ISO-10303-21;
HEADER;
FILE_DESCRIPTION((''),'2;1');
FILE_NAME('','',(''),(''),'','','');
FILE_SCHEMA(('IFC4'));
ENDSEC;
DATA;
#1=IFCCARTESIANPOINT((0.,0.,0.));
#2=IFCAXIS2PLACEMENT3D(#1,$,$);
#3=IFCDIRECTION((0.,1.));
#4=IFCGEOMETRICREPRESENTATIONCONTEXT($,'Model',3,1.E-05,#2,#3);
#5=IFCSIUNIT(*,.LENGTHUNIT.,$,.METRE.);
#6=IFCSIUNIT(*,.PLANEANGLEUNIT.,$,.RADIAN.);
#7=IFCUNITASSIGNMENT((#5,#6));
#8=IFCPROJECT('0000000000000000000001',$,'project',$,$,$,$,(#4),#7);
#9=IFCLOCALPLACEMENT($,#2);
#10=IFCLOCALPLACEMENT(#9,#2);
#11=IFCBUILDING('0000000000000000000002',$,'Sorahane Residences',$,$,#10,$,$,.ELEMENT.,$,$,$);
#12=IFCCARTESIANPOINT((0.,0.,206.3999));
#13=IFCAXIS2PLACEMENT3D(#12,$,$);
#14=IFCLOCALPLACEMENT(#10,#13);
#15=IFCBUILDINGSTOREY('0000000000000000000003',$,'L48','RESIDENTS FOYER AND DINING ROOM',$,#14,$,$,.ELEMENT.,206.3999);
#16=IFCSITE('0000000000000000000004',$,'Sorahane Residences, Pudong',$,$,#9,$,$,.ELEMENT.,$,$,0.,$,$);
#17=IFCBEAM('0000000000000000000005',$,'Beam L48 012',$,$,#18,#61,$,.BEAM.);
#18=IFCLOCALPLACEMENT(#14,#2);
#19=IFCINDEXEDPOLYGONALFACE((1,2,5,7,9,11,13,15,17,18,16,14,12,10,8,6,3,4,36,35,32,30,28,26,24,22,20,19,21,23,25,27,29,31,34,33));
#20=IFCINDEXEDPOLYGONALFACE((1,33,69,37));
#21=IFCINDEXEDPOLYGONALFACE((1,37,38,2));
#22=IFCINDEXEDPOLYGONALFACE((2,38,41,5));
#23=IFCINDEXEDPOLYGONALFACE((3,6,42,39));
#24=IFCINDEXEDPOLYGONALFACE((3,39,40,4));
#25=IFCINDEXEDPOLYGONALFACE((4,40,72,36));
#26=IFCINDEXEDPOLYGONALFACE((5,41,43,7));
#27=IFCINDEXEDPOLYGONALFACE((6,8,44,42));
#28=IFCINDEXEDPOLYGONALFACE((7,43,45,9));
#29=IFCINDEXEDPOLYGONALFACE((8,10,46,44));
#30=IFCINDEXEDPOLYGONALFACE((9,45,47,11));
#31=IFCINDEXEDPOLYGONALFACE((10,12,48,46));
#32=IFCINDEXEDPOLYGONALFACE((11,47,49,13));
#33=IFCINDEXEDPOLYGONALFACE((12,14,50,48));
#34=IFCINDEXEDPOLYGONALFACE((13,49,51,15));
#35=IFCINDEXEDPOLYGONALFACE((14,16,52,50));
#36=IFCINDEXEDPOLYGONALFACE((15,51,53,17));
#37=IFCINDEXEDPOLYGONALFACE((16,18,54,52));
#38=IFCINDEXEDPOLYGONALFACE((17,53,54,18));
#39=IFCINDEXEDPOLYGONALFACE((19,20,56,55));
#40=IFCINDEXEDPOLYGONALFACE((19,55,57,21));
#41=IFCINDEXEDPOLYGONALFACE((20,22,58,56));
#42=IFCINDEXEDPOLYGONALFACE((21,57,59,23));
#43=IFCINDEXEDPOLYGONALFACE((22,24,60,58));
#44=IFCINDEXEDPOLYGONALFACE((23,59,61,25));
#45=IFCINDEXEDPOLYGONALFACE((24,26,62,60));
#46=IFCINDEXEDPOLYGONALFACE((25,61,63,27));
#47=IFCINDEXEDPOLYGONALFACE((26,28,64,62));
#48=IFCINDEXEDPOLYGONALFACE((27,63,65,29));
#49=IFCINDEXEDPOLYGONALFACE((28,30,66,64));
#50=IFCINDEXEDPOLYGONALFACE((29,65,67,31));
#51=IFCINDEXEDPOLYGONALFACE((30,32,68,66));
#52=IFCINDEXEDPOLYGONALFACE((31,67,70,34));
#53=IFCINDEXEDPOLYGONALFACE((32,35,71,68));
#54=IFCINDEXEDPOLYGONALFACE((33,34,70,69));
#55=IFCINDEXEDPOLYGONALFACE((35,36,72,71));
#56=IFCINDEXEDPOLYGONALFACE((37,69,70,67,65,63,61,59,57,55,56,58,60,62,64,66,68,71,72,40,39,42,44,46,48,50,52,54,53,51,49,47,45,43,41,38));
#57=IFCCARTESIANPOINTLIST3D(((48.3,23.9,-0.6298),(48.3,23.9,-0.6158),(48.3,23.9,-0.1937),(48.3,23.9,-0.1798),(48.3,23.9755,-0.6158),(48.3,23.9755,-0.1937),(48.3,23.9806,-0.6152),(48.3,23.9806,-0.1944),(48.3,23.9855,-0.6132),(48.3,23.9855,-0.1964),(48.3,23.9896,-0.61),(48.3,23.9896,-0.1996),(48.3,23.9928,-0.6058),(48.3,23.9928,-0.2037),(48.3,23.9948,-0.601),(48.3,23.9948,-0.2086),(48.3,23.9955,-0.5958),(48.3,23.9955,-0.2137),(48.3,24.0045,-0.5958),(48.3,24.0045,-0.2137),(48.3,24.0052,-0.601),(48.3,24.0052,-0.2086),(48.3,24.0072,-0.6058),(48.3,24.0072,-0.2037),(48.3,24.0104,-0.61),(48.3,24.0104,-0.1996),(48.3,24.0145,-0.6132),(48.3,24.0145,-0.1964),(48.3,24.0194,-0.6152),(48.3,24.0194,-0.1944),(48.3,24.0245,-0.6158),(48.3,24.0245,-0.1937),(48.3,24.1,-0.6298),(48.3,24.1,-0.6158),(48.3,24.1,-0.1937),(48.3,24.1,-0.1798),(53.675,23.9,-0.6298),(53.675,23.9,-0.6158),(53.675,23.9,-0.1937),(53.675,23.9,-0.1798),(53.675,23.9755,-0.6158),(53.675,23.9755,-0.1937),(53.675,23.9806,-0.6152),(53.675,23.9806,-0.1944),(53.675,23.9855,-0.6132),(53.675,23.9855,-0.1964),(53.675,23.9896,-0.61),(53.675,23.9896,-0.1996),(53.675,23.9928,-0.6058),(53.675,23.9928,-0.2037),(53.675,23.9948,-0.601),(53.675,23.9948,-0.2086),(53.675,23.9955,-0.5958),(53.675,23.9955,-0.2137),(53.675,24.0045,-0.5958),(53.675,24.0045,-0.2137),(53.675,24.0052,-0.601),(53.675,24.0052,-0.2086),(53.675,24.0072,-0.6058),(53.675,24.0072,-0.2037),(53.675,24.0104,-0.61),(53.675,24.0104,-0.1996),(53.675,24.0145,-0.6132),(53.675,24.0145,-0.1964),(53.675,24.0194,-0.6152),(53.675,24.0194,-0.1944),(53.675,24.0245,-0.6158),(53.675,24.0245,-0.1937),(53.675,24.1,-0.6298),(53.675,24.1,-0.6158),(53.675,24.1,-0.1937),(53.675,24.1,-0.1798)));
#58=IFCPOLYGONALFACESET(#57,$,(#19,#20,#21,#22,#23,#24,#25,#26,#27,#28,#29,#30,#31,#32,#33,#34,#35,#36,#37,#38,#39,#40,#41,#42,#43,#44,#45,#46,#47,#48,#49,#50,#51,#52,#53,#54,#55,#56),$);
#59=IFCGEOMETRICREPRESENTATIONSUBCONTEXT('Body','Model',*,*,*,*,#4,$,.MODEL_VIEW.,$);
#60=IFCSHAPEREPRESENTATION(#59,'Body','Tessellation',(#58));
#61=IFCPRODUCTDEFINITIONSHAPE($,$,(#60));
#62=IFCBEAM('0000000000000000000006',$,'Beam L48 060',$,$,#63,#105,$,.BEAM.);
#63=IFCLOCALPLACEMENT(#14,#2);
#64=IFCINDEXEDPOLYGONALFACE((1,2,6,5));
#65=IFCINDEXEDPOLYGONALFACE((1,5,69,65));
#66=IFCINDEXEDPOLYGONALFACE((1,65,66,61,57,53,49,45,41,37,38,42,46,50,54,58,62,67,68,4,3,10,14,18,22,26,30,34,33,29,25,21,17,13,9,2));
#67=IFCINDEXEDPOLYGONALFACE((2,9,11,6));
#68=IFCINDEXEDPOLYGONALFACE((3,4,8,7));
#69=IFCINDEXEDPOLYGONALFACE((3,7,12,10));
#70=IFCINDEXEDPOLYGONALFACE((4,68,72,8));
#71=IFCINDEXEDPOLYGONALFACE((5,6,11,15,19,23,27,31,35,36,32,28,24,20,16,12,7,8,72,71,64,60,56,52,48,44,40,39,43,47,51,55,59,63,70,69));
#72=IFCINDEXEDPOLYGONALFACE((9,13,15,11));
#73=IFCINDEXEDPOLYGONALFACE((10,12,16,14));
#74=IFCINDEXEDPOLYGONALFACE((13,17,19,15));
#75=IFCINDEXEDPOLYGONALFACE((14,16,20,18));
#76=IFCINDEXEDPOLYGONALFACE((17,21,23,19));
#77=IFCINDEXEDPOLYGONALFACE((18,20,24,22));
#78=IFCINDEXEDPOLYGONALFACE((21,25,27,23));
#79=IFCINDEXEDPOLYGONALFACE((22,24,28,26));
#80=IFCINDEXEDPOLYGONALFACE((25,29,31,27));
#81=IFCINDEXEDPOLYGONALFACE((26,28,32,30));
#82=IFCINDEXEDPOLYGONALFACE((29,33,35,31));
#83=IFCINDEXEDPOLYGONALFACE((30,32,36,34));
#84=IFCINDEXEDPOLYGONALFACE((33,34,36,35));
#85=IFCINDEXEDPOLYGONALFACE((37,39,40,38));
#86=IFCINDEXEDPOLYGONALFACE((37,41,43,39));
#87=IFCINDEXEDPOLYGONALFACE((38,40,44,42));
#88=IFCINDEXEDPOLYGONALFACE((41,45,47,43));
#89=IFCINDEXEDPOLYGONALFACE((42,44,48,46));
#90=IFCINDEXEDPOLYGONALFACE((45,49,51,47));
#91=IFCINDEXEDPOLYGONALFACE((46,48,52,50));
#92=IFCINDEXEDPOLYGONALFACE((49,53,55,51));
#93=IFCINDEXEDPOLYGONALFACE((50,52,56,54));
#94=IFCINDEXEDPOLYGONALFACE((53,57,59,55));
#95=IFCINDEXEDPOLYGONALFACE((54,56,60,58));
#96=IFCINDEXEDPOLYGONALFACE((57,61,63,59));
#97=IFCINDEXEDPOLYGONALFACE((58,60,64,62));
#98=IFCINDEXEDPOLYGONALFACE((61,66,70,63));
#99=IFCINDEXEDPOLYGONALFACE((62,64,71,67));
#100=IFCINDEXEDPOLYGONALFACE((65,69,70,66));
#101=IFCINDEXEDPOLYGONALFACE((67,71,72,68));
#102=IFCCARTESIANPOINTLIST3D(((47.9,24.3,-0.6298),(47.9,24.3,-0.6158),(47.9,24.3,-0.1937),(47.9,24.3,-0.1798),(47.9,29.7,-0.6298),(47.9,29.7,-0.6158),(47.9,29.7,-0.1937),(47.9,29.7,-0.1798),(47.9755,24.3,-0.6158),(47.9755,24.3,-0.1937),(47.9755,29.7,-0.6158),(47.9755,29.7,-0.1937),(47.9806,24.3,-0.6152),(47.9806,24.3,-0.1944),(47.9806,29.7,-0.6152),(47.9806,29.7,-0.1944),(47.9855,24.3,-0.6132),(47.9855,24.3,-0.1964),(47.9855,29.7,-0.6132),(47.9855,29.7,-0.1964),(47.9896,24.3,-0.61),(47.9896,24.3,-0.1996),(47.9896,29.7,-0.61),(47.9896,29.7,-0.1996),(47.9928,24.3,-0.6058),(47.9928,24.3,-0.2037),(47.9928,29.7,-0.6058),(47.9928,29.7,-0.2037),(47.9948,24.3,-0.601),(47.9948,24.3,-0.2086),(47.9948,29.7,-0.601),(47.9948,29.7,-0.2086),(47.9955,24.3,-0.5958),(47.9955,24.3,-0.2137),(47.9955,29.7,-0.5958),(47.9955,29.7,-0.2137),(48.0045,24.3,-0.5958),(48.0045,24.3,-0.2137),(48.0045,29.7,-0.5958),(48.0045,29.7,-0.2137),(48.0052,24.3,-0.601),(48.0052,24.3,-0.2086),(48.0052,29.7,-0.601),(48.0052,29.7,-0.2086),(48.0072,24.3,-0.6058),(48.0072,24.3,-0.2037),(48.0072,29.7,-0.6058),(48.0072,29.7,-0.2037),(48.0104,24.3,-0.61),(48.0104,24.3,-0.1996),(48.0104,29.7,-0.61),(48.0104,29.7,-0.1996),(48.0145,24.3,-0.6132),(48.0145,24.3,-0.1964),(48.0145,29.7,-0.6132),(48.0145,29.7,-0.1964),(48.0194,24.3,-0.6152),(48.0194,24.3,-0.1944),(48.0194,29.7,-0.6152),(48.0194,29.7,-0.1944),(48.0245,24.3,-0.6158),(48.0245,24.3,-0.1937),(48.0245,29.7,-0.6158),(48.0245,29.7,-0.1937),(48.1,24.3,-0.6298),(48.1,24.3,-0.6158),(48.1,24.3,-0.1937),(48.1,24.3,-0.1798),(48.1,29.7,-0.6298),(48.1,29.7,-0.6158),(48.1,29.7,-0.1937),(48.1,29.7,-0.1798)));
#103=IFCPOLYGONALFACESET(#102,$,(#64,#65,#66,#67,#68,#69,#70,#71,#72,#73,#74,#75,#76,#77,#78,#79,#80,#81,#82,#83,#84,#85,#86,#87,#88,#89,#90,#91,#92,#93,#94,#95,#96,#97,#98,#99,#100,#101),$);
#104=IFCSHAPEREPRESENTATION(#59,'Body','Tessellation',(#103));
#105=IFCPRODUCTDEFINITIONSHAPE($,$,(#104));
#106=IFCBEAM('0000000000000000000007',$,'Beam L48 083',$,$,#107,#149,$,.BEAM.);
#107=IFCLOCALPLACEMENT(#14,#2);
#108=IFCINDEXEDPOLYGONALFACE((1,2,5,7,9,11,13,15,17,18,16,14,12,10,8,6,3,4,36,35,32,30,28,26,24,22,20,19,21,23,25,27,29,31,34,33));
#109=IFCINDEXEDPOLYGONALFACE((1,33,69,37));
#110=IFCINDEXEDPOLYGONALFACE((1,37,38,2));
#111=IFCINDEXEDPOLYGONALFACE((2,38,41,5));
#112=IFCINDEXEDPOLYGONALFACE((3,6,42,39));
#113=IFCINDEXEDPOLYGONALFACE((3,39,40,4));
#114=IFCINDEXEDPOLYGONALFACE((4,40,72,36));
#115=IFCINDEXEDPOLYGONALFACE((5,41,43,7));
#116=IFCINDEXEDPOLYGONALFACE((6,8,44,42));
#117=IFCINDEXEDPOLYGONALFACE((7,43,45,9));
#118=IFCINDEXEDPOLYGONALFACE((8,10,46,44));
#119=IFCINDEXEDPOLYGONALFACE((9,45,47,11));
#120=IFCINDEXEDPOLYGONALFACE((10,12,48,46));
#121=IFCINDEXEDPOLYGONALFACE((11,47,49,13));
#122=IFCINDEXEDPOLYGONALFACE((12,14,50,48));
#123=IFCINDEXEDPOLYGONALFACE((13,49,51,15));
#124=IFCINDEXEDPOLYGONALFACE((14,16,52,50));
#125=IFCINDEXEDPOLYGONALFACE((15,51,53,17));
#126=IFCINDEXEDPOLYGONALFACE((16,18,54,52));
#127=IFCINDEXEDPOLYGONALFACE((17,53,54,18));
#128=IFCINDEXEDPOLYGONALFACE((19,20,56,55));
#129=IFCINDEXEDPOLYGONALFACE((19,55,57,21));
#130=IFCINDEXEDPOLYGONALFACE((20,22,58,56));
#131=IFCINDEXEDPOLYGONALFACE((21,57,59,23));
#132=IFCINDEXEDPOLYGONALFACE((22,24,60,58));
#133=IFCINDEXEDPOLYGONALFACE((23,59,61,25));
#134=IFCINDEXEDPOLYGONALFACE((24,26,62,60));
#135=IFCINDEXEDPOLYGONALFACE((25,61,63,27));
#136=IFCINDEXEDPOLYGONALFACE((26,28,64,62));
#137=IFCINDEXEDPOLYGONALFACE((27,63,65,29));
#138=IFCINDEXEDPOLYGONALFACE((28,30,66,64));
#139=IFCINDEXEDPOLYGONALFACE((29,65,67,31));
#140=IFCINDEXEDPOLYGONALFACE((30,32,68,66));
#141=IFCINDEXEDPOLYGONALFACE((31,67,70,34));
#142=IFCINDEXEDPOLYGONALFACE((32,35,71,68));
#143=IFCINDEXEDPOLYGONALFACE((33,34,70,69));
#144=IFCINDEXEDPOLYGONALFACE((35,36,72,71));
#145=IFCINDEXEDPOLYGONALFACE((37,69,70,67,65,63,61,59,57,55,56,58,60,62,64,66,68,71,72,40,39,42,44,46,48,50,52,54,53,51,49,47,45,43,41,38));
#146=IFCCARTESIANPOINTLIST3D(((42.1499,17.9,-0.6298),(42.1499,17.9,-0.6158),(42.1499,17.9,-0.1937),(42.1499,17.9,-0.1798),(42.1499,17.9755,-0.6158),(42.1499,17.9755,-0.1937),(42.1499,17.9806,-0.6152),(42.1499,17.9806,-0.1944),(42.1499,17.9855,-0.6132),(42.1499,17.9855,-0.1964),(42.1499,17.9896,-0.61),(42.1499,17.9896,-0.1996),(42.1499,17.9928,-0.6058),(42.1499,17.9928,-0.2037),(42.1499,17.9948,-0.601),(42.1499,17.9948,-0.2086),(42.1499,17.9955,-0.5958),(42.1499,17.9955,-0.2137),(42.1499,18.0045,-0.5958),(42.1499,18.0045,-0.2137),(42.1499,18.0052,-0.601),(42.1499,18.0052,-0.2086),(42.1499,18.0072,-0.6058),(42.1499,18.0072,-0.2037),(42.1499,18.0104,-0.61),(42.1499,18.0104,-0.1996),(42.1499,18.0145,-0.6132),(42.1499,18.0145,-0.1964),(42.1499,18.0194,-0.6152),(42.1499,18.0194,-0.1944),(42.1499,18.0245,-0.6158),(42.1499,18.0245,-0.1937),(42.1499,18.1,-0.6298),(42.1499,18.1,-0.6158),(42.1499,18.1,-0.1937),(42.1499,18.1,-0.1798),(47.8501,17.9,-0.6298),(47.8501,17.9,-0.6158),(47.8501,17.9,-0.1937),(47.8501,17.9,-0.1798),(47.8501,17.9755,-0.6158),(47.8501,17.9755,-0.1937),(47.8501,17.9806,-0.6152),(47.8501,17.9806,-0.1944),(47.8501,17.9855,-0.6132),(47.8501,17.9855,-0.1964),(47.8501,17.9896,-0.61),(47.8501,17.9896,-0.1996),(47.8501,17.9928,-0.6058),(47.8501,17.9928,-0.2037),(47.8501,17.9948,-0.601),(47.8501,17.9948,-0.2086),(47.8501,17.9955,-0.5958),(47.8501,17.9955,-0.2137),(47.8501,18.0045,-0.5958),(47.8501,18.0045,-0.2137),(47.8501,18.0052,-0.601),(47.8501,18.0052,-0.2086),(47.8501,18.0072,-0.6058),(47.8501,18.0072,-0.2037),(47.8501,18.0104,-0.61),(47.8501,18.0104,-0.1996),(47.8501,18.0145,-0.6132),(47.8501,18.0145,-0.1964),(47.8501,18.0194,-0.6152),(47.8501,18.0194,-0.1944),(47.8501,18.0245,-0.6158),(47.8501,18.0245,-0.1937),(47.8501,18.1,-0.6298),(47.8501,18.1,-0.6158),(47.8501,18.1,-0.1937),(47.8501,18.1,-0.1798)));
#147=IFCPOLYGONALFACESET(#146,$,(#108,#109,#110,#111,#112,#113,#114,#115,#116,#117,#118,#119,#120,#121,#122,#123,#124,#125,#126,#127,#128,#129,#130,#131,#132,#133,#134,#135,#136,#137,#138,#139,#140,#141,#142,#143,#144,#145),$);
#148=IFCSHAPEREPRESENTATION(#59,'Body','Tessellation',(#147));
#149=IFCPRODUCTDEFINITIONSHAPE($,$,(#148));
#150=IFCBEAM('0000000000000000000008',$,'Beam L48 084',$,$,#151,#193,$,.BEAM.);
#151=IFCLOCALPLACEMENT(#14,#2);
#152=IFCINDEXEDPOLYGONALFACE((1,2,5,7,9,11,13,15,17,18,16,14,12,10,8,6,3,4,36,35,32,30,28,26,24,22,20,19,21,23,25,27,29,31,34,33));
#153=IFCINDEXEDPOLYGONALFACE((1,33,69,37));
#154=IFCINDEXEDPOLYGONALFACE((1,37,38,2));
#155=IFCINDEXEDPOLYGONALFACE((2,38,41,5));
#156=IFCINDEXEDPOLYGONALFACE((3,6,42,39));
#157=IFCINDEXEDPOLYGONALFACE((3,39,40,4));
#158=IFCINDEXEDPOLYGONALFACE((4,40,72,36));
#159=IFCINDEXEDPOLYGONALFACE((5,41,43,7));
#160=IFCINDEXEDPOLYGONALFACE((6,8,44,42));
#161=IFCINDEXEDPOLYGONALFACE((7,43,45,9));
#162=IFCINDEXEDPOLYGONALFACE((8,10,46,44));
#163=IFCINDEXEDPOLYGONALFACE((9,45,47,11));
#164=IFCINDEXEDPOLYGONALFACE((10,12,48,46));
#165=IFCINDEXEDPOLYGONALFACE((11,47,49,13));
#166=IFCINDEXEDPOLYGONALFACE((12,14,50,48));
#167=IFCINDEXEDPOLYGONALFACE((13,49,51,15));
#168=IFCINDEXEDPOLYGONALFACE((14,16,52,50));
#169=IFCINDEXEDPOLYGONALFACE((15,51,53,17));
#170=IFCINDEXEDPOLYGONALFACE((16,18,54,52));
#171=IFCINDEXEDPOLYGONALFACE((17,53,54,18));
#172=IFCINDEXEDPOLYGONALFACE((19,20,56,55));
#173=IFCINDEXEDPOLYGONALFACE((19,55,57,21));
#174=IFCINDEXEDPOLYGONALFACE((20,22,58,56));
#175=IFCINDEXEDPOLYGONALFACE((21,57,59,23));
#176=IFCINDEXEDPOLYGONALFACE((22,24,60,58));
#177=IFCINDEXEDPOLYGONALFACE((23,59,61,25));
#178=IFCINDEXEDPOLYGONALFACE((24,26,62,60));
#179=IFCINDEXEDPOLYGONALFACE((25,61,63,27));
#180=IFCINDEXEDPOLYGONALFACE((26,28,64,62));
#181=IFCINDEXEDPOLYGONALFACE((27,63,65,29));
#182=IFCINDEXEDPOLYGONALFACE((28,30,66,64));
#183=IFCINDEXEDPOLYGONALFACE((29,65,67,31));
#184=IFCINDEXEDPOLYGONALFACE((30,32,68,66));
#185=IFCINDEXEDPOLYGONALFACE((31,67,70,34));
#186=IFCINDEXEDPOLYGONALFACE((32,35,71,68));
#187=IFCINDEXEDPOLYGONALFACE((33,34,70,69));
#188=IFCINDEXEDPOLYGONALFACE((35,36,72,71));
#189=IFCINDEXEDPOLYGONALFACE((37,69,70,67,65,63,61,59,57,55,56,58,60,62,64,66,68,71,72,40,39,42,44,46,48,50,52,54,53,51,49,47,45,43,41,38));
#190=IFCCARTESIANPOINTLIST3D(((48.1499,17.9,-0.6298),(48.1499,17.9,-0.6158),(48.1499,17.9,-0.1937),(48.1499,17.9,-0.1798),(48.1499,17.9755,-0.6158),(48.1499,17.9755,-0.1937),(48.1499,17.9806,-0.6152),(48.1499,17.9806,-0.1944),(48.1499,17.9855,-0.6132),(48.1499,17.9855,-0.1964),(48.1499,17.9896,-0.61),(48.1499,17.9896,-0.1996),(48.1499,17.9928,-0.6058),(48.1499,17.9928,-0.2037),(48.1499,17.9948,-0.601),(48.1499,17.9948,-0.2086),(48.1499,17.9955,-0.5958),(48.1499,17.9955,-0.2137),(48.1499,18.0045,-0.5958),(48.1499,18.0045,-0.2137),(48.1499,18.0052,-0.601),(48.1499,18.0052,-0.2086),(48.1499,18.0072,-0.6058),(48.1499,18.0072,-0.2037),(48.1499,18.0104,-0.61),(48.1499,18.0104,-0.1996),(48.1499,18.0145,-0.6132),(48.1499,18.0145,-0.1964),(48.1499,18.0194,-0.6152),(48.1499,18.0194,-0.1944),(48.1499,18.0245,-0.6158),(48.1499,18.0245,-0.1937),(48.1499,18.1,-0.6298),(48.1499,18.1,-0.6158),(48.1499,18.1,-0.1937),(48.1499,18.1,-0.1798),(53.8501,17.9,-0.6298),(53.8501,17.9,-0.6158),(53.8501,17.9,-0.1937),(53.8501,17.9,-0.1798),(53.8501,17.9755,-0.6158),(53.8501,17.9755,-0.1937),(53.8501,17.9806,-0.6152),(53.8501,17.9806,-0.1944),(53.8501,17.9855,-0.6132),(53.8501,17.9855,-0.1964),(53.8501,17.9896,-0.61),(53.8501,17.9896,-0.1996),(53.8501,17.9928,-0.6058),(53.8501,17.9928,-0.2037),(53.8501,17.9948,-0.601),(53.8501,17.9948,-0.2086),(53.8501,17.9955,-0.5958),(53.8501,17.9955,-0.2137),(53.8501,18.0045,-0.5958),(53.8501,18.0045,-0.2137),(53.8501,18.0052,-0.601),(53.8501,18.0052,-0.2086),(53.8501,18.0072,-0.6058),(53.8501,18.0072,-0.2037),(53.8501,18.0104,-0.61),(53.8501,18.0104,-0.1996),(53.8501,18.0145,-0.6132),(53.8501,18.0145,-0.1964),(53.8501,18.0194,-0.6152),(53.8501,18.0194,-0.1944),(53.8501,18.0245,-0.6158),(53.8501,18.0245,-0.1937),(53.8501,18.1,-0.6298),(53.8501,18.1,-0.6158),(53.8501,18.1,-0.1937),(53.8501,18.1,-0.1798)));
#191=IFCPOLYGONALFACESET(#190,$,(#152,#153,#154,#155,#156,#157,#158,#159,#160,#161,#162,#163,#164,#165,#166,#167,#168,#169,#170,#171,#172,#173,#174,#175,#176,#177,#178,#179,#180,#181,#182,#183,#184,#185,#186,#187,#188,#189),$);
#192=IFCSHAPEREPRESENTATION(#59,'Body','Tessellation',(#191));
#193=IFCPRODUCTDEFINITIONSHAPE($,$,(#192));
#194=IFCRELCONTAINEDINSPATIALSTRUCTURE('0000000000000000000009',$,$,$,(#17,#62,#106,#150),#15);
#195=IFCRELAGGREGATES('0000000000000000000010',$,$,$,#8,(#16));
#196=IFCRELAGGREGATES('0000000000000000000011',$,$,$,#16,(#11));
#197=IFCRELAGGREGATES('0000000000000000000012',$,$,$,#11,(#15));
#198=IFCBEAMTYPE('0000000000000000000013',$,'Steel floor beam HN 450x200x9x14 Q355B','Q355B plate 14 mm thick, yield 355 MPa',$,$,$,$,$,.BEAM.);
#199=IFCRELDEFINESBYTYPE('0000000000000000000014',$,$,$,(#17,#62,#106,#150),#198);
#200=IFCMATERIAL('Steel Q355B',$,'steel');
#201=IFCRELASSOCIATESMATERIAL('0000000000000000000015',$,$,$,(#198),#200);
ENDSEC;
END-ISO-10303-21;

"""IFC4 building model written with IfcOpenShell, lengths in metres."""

from ifc_helpers import new_model, si_unit, direction, frame, origin, origin_2d, place, context, subcontext, project, spatial, i_section, extrude, material, material_profile, profile_set, type_object, element, save


model = new_model("IFC4")

# Units and contexts
model_context = context("Model", 3, precision=1e-05, world=origin(), true_north=direction((0.0, 1.0)))
body_context = subcontext(model_context, "Body", "Model", "MODEL_VIEW")
ifc_project = project(units=[si_unit("LENGTHUNIT", "METRE"), si_unit("PLANEANGLEUNIT", "RADIAN")], contexts=[model_context])

# Site, building, storey
site_placement = place(None, origin())
site = spatial("IfcSite", under=ifc_project, at=site_placement, Name="Sorahane Residences, Pudong", CompositionType="ELEMENT", RefElevation=0.0)
building_placement = place(site_placement, origin())
building = spatial("IfcBuilding", under=site, at=building_placement, Name="Sorahane Residences", CompositionType="ELEMENT")
storey_placement = place(building_placement, frame((0.0, 0.0, 206.3999)))
storey = spatial("IfcBuildingStorey", under=building, at=storey_placement, Name="L48", Description="RESIDENTS FOYER AND DINING ROOM", CompositionType="ELEMENT", Elevation=206.3999)

# Beams
ifc_material_1 = material(Name="Steel Q355B", Category="steel")
ifc_material_profile_1 = material_profile(ifc_material_1, i_section(OverallWidth=0.2, OverallDepth=0.45, WebThickness=0.009, FlangeThickness=0.0139, FilletRadius=0.02, at=origin_2d()), Name="HN 450x200x9x14")
ifc_profile_set_1 = profile_set([ifc_material_profile_1], Name="Steel Q355B")
beam_type_1 = type_object("IfcBeamType", Name="Steel floor beam HN 450x200x9x14 Q355B", Description="Q355B plate 14 mm thick, yield 355 MPa", PredefinedType="BEAM", material=ifc_profile_set_1)
for number, where, z_axis, x_axis, name in (
    (1, (48.3, 24.0, -0.4048), (1.0, 0.0, 0.0), (0.0, 1.0, 0.0), "Beam L48 012"),
):
    element("IfcBeam", number, at=place(storey_placement, frame(where, z_axis=z_axis, x_axis=x_axis)), inside=storey, type_object=beam_type_1, Name=name, PredefinedType="BEAM", context=body_context, shape_type="SweptSolid", body=[
        extrude(i_section(OverallWidth=0.2, OverallDepth=0.45, WebThickness=0.009, FlangeThickness=0.0139, FilletRadius=0.02, at=origin_2d()), origin(), (0.0, 0.0, 1.0), 5.375),
    ])
beam_1_placement = place(storey_placement, frame((48.0, 24.3, -0.4048), z_axis=(0.0, 1.0, 0.0), x_axis=(-1.0, 0.0, 0.0)))
element("IfcBeam", 2, at=beam_1_placement, inside=storey, type_object=beam_type_1, Name="Beam L48 060", PredefinedType="BEAM", context=body_context, shape_type="SweptSolid", body=[
    extrude(i_section(OverallWidth=0.2, OverallDepth=0.45, WebThickness=0.009, FlangeThickness=0.0139, FilletRadius=0.02, at=origin_2d()), origin(), (0.0, 0.0, 1.0), 5.3999),
])
for number, where, z_axis, x_axis, name in (
    (3, (42.1499, 18.0, -0.4048), (1.0, 0.0, 0.0), (0.0, 1.0, 0.0), "Beam L48 083"),
    (4, (48.1499, 18.0, -0.4048), (1.0, 0.0, 0.0), (0.0, 1.0, 0.0), "Beam L48 084"),
):
    element("IfcBeam", number, at=place(storey_placement, frame(where, z_axis=z_axis, x_axis=x_axis)), inside=storey, type_object=beam_type_1, Name=name, PredefinedType="BEAM", context=body_context, shape_type="SweptSolid", body=[
        extrude(i_section(OverallWidth=0.2, OverallDepth=0.45, WebThickness=0.009, FlangeThickness=0.0139, FilletRadius=0.02, at=origin_2d()), origin(), (0.0, 0.0, 1.0), 5.7002),
    ])

save(model, "model.ifc")
